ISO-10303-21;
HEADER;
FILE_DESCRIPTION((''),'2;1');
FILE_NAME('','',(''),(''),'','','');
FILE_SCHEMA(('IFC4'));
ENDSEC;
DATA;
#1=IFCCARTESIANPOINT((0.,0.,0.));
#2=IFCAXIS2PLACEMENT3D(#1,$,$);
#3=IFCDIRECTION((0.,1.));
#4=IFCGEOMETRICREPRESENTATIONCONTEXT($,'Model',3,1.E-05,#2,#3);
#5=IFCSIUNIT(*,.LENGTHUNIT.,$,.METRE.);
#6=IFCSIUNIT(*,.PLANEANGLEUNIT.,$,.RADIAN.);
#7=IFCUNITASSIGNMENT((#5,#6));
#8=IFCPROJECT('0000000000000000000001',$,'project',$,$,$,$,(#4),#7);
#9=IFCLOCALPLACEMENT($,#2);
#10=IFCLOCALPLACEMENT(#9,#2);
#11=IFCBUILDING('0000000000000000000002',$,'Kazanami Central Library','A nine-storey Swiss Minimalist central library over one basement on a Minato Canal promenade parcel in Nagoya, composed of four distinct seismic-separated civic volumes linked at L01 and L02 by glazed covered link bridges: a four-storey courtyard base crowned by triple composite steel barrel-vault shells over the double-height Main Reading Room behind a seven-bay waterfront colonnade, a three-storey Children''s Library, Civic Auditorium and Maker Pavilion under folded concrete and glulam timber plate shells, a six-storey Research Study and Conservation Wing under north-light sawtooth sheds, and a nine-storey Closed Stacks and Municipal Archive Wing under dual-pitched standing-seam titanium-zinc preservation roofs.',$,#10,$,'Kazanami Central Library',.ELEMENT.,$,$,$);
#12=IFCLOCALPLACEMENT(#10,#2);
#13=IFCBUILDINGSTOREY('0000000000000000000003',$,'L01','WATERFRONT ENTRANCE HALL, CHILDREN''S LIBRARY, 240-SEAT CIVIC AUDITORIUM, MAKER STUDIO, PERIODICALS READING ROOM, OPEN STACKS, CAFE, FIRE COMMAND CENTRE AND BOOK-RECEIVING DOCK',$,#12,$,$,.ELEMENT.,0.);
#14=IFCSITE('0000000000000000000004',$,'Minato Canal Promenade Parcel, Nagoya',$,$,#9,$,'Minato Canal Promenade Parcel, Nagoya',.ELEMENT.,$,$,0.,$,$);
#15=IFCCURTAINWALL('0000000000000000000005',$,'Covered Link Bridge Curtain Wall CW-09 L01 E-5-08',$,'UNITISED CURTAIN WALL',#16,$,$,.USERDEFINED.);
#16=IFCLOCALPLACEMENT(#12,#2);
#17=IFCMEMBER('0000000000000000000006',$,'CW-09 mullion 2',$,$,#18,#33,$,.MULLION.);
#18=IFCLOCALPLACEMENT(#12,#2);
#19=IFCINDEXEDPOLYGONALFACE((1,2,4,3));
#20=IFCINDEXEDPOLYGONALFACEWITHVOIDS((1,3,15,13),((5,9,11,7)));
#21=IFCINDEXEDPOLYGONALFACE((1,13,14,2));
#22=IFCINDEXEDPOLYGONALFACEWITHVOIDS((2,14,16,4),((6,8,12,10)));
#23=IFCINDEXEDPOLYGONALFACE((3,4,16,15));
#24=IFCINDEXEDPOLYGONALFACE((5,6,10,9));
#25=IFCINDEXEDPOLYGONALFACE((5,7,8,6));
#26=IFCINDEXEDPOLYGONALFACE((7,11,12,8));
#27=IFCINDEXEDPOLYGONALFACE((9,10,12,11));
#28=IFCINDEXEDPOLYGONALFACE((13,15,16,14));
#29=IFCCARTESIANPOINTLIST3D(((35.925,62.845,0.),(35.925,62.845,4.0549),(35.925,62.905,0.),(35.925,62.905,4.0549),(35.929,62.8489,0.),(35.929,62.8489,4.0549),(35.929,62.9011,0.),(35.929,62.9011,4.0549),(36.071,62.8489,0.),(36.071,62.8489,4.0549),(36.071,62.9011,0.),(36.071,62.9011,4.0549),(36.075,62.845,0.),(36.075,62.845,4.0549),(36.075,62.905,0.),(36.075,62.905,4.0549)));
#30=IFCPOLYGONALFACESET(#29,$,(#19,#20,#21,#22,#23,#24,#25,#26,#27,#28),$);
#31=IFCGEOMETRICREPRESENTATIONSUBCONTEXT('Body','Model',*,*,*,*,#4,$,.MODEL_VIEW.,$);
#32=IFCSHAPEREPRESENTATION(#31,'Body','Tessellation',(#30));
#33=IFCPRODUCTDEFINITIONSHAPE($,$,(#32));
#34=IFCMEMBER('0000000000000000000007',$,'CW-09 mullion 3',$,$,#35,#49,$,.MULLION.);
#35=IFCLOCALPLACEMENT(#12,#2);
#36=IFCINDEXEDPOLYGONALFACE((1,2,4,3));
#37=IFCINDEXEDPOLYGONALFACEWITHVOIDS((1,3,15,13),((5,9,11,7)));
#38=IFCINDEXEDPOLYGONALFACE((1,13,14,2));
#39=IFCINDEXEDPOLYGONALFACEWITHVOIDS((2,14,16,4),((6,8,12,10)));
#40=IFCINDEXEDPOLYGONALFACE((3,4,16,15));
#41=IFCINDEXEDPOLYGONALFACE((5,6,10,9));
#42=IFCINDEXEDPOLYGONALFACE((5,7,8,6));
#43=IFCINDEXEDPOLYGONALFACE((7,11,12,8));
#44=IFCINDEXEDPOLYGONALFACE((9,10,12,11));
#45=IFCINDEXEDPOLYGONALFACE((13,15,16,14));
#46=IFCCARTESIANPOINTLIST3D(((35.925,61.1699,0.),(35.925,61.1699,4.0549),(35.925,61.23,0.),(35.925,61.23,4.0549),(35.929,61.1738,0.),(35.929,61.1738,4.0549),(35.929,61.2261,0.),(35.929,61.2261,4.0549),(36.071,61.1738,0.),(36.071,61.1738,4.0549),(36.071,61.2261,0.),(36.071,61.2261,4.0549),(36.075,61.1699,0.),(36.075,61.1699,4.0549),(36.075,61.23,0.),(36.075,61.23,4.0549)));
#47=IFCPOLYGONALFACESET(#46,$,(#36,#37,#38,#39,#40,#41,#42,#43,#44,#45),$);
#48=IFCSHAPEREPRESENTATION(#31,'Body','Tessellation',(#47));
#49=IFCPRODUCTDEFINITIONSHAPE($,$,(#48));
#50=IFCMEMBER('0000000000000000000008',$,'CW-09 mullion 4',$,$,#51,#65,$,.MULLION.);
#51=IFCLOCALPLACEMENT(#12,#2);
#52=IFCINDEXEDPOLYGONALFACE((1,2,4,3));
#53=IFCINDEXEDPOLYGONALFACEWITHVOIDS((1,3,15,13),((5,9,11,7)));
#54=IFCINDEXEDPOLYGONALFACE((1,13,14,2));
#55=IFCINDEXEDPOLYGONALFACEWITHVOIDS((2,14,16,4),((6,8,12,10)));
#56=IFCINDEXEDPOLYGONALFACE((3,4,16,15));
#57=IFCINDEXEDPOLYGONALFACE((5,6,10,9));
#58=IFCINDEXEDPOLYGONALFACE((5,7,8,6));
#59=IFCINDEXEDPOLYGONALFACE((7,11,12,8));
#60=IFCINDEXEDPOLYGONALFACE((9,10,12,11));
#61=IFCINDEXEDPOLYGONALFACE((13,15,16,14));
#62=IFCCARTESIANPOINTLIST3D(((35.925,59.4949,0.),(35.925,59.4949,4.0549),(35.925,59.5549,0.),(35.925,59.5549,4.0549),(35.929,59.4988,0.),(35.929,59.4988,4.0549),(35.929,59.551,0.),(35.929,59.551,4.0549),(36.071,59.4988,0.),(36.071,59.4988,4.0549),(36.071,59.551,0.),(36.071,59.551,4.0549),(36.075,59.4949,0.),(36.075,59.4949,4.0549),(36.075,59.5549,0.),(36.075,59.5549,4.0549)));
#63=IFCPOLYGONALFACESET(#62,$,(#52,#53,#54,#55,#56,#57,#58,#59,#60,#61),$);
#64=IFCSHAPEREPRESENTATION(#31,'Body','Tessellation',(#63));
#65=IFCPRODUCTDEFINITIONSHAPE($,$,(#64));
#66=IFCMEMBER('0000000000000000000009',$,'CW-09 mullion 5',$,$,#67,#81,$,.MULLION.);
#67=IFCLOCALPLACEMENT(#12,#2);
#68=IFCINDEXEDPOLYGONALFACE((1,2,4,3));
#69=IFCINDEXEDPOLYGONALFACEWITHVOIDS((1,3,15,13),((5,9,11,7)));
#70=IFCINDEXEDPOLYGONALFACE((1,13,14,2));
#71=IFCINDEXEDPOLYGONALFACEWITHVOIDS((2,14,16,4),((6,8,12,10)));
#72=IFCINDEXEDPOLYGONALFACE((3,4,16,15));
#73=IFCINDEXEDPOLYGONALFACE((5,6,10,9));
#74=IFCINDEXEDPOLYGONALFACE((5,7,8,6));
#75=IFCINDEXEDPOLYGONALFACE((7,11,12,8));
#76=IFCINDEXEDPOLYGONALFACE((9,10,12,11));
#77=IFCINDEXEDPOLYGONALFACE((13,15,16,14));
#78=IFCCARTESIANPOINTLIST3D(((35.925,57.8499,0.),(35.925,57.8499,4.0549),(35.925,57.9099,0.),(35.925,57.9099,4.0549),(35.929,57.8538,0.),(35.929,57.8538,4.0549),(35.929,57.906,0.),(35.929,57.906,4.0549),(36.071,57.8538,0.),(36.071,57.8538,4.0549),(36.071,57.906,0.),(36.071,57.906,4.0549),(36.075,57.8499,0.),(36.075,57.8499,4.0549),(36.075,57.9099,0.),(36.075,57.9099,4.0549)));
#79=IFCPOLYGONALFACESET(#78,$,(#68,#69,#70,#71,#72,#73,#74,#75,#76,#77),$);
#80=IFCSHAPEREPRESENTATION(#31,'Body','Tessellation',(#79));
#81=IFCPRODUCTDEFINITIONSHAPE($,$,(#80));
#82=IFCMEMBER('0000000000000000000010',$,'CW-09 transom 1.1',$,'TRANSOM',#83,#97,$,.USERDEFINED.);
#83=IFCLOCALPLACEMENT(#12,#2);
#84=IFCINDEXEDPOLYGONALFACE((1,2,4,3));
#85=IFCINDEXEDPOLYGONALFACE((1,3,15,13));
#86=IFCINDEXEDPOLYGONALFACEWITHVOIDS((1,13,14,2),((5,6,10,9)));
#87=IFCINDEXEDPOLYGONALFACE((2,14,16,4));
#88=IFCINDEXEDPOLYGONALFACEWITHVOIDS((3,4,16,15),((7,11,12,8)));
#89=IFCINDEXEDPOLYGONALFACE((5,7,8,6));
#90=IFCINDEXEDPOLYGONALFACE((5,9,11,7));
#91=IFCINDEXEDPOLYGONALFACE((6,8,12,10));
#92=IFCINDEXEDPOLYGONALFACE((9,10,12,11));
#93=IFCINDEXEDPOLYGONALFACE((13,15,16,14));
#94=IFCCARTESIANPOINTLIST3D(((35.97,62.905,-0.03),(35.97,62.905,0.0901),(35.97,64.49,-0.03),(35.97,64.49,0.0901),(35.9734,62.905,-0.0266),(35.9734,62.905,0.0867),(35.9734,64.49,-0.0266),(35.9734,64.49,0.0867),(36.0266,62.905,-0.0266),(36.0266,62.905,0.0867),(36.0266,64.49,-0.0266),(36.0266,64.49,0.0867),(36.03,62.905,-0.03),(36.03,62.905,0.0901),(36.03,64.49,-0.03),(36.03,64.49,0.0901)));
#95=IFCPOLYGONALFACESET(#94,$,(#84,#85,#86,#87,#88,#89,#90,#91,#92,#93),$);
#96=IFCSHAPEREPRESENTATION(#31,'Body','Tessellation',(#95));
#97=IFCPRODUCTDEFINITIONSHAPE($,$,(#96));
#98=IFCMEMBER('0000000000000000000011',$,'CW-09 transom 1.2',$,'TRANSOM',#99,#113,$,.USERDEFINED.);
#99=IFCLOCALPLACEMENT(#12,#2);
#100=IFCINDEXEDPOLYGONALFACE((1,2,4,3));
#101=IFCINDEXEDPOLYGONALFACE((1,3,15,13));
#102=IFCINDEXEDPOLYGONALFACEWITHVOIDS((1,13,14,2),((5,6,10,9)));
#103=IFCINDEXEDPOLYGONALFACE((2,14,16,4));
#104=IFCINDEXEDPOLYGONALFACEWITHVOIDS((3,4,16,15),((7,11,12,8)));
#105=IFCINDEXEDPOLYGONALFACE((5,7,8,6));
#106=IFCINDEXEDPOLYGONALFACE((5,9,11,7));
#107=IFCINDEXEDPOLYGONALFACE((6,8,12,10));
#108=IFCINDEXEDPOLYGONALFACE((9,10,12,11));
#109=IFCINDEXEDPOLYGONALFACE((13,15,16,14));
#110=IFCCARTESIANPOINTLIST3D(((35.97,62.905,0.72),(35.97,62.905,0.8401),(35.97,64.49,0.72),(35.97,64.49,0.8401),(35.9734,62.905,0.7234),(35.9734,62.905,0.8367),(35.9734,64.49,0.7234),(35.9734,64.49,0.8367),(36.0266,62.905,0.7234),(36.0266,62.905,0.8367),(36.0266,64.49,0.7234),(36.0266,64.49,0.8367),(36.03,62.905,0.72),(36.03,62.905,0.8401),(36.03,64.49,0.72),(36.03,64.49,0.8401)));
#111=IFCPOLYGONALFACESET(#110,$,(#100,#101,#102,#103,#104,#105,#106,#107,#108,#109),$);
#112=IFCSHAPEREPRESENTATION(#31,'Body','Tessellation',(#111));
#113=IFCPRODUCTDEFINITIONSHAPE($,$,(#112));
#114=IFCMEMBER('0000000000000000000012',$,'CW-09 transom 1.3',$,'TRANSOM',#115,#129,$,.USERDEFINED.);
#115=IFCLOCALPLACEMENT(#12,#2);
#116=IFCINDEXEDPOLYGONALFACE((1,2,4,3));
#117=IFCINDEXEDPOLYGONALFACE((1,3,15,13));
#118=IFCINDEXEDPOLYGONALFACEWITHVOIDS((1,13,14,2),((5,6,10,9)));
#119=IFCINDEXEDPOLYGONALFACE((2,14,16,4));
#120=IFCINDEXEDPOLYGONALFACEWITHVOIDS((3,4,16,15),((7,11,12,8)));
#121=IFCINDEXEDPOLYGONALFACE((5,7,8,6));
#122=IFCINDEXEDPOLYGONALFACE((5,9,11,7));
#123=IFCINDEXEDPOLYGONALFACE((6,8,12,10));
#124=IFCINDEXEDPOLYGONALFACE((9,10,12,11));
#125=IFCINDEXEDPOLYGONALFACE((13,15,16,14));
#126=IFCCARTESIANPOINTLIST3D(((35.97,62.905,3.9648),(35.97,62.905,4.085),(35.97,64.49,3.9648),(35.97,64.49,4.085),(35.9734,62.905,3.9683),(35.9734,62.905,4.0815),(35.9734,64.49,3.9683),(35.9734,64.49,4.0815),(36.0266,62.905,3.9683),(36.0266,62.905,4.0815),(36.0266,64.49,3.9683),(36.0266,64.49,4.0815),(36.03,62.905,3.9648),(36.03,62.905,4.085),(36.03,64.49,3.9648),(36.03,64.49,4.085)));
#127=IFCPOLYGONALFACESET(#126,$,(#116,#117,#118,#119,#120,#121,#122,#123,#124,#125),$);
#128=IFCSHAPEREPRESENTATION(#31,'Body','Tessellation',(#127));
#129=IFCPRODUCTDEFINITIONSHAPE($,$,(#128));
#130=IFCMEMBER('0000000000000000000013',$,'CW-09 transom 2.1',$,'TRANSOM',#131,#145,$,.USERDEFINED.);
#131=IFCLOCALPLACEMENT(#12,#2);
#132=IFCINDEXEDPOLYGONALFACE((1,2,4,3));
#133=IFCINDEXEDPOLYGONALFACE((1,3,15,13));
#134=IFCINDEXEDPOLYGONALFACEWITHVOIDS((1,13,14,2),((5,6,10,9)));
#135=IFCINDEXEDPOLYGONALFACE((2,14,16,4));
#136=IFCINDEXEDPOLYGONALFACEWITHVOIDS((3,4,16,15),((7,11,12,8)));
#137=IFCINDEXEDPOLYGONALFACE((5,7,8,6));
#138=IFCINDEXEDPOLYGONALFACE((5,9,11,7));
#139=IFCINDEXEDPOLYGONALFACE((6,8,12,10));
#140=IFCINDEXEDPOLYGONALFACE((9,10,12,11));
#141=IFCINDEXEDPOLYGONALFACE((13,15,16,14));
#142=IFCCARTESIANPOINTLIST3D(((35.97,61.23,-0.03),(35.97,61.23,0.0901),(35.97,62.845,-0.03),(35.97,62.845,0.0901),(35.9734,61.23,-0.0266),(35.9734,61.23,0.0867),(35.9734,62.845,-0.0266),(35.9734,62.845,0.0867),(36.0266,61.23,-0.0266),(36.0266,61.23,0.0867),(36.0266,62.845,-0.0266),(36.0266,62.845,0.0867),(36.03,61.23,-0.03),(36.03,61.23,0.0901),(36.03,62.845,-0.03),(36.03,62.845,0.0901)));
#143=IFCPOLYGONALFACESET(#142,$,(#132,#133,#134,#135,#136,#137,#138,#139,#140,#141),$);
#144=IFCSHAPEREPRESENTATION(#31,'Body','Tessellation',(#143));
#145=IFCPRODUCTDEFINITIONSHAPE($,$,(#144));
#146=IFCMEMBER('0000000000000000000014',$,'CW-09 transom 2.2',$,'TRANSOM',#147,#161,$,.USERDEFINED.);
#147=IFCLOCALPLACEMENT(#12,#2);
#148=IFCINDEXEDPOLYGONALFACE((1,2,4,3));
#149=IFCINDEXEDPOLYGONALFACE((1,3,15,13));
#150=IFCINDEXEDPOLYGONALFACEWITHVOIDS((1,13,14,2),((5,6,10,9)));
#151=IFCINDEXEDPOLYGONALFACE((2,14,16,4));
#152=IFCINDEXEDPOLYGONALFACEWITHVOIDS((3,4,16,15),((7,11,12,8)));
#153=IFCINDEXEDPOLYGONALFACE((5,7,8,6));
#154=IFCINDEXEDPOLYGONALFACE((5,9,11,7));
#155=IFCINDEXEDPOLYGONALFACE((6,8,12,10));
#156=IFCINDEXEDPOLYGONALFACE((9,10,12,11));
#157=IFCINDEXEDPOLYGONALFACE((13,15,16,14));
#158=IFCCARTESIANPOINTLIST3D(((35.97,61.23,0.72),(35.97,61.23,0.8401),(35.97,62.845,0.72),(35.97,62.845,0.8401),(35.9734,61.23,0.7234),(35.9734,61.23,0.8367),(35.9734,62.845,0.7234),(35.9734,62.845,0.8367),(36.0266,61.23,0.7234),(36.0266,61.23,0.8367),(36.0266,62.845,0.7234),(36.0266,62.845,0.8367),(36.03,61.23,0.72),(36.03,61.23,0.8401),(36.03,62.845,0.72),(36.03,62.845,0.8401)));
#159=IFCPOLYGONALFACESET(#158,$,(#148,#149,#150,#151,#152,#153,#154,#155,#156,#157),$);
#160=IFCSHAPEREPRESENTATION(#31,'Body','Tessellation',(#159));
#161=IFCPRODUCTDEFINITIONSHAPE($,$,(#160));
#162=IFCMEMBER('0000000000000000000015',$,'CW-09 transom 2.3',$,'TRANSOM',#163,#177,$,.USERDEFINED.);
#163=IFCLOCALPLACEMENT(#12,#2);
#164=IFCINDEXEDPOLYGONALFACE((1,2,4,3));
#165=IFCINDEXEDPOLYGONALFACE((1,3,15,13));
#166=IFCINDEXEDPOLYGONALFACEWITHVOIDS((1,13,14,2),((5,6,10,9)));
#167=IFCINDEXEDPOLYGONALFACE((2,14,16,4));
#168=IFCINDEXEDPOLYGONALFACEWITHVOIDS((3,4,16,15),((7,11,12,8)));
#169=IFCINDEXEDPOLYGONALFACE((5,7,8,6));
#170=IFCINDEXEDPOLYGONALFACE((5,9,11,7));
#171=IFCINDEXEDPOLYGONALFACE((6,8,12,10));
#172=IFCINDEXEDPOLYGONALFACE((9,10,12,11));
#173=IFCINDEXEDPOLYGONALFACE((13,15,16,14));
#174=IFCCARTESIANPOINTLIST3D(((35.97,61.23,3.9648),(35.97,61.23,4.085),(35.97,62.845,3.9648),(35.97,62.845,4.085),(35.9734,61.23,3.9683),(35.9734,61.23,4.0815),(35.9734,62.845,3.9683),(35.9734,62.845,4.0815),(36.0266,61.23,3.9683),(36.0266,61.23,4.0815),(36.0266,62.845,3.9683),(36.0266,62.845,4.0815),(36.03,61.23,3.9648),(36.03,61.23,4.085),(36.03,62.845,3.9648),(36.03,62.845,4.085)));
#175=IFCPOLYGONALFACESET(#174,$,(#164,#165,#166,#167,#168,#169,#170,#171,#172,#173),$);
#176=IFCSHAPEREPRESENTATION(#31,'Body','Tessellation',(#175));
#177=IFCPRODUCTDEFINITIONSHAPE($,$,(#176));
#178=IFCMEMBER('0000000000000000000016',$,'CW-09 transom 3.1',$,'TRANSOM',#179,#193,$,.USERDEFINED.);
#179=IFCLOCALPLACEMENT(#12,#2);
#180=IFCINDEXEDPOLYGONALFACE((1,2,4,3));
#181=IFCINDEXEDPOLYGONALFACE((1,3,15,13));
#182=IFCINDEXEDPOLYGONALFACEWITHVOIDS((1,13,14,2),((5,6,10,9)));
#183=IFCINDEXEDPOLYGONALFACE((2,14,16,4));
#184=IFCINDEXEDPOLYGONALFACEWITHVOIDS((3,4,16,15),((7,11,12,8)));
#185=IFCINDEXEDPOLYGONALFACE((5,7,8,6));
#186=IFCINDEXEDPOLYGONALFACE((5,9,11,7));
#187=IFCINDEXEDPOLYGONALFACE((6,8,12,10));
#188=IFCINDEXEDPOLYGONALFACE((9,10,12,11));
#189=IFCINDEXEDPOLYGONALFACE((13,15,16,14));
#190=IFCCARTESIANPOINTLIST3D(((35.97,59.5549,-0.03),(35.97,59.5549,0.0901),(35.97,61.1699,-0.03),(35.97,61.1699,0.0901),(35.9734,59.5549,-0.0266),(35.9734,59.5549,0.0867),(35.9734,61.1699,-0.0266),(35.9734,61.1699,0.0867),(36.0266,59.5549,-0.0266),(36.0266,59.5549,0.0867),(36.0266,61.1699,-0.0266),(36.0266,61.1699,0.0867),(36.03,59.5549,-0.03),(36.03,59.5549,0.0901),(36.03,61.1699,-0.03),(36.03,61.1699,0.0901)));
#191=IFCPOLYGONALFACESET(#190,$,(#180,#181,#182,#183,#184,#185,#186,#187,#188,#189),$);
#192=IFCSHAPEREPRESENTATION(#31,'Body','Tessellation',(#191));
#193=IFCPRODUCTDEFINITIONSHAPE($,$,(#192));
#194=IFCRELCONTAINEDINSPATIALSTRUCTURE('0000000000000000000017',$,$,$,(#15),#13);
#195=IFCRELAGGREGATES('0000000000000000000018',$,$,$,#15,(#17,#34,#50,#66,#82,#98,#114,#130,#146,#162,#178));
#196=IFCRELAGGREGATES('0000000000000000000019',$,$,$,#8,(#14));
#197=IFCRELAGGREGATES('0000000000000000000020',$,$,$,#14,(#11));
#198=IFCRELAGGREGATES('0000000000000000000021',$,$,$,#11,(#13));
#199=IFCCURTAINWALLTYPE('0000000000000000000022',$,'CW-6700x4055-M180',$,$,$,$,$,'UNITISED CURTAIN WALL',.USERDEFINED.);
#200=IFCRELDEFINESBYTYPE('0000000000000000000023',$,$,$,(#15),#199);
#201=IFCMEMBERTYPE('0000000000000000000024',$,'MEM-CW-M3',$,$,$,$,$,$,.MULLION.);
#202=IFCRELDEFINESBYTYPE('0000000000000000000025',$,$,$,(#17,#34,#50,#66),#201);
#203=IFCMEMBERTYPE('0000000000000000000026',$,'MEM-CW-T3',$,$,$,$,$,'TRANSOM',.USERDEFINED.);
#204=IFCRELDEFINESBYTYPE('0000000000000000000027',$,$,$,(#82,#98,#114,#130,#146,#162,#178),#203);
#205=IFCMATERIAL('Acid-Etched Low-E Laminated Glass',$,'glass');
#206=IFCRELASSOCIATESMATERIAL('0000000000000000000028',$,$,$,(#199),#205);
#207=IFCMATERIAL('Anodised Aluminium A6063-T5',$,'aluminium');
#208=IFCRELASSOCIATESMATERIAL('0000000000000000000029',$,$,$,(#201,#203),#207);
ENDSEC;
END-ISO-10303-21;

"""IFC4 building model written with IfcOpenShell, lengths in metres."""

from ifc_helpers import new_model, si_unit, direction, frame, origin, origin_2d, place, context, subcontext, project, spatial, hollow_rectangle, extrude, material, material_profile, profile_set, type_object, element, aggregate, save


model = new_model("IFC4")

# Units and contexts
model_context = context("Model", 3, precision=1e-05, world=origin(), true_north=direction((0.0, 1.0)))
body_context = subcontext(model_context, "Body", "Model", "MODEL_VIEW")
ifc_project = project(units=[si_unit("LENGTHUNIT", "METRE"), si_unit("PLANEANGLEUNIT", "RADIAN")], contexts=[model_context])

# Site, building, storey
site_placement = place(None, origin())
site = spatial("IfcSite", under=ifc_project, at=site_placement, Name="Minato Canal Promenade Parcel, Nagoya", LongName="Minato Canal Promenade Parcel, Nagoya", CompositionType="ELEMENT", RefElevation=0.0)
building_placement = place(site_placement, origin())
building = spatial("IfcBuilding", under=site, at=building_placement, Name="Kazanami Central Library", Description="A nine-storey Swiss Minimalist central library over one basement on a Minato Canal promenade parcel in Nagoya, composed of four distinct seismic-separated civic volumes linked at L01 and L02 by glazed covered link bridges: a four-storey courtyard base crowned by triple composite steel barrel-vault shells over the double-height Main Reading Room behind a seven-bay waterfront colonnade, a three-storey Children's Library, Civic Auditorium and Maker Pavilion under folded concrete and glulam timber plate shells, a six-storey Research Study and Conservation Wing under north-light sawtooth sheds, and a nine-storey Closed Stacks and Municipal Archive Wing under dual-pitched standing-seam titanium-zinc preservation roofs.", LongName="Kazanami Central Library", CompositionType="ELEMENT")
storey_placement = place(building_placement, origin())
storey = spatial("IfcBuildingStorey", under=building, at=storey_placement, Name="L01", Description="WATERFRONT ENTRANCE HALL, CHILDREN'S LIBRARY, 240-SEAT CIVIC AUDITORIUM, MAKER STUDIO, PERIODICALS READING ROOM, OPEN STACKS, CAFE, FIRE COMMAND CENTRE AND BOOK-RECEIVING DOCK", CompositionType="ELEMENT", Elevation=0.0)

# Curtain wall, members
ifc_material_1 = material(Name="Acid-Etched Low-E Laminated Glass", Category="glass")
curtain_wall_type = type_object("IfcCurtainWallType", Name="CW-6700x4055-M180", ElementType="UNITISED CURTAIN WALL", PredefinedType="USERDEFINED", material=ifc_material_1)
curtain_wall_placement = place(storey_placement, origin())
curtain_wall = element("IfcCurtainWall", 1, at=curtain_wall_placement, inside=storey, type_object=curtain_wall_type, Name="Covered Link Bridge Curtain Wall CW-09 L01 E-5-08", ObjectType="UNITISED CURTAIN WALL", PredefinedType="USERDEFINED")
ifc_material_2 = material(Name="Anodised Aluminium A6063-T5", Category="aluminium")
ifc_material_profile_1 = material_profile(ifc_material_2, hollow_rectangle(XDim=0.0601, YDim=0.1499, WallThickness=0.0039, at=origin_2d()), Name="ALU-MULL-60x150x4")
ifc_profile_set_1 = profile_set([ifc_material_profile_1], Name="Anodised Aluminium A6063-T5")
member_type_1 = type_object("IfcMemberType", Name="MEM-CW-M3", PredefinedType="MULLION", material=ifc_profile_set_1)
member_1_placement = place(storey_placement, frame((36.0, 62.875, 0.0), z_axis=(0.0, 0.0, 1.0), x_axis=(0.0, -1.0, 0.0)))
member_1 = element("IfcMember", 2, at=member_1_placement, type_object=member_type_1, Name="CW-09 mullion 2", PredefinedType="MULLION", context=body_context, shape_type="SweptSolid", body=[
    extrude(hollow_rectangle(XDim=0.0601, YDim=0.1499, WallThickness=0.0039, at=origin_2d()), origin(), (0.0, 0.0, 1.0), 4.0549),
])
member_2_placement = place(storey_placement, frame((36.0, 61.2, 0.0), z_axis=(0.0, 0.0, 1.0), x_axis=(0.0, -1.0, 0.0)))
member_2 = element("IfcMember", 3, at=member_2_placement, type_object=member_type_1, Name="CW-09 mullion 3", PredefinedType="MULLION", context=body_context, shape_type="SweptSolid", body=[
    extrude(hollow_rectangle(XDim=0.0601, YDim=0.1499, WallThickness=0.0039, at=origin_2d()), origin(), (0.0, 0.0, 1.0), 4.0549),
])
member_3_placement = place(storey_placement, frame((36.0, 59.5249, 0.0), z_axis=(0.0, 0.0, 1.0), x_axis=(0.0, -1.0, 0.0)))
member_3 = element("IfcMember", 4, at=member_3_placement, type_object=member_type_1, Name="CW-09 mullion 4", PredefinedType="MULLION", context=body_context, shape_type="SweptSolid", body=[
    extrude(hollow_rectangle(XDim=0.0601, YDim=0.1499, WallThickness=0.0039, at=origin_2d()), origin(), (0.0, 0.0, 1.0), 4.0549),
])
member_4_placement = place(storey_placement, frame((36.0, 57.8799, 0.0), z_axis=(0.0, 0.0, 1.0), x_axis=(0.0, -1.0, 0.0)))
member_4 = element("IfcMember", 5, at=member_4_placement, type_object=member_type_1, Name="CW-09 mullion 5", PredefinedType="MULLION", context=body_context, shape_type="SweptSolid", body=[
    extrude(hollow_rectangle(XDim=0.0601, YDim=0.1499, WallThickness=0.0039, at=origin_2d()), origin(), (0.0, 0.0, 1.0), 4.0549),
])
ifc_material_profile_2 = material_profile(ifc_material_2, hollow_rectangle(XDim=0.0601, YDim=0.1201, WallThickness=0.0034, at=origin_2d()), Name="ALU-TRAN-60x120x3.5")
ifc_profile_set_2 = profile_set([ifc_material_profile_2], Name="Anodised Aluminium A6063-T5")
member_type_2 = type_object("IfcMemberType", Name="MEM-CW-T3", ElementType="TRANSOM", PredefinedType="USERDEFINED", material=ifc_profile_set_2)
member_5_placement = place(storey_placement, frame((36.0, 64.49, 0.03), z_axis=(0.0, -1.0, 0.0), x_axis=(1.0, 0.0, 0.0)))
member_5 = element("IfcMember", 6, at=member_5_placement, type_object=member_type_2, Name="CW-09 transom 1.1", ObjectType="TRANSOM", PredefinedType="USERDEFINED", context=body_context, shape_type="SweptSolid", body=[
    extrude(hollow_rectangle(XDim=0.0601, YDim=0.1201, WallThickness=0.0034, at=origin_2d()), origin(), (0.0, 0.0, 1.0), 1.585),
])
member_6_placement = place(storey_placement, frame((36.0, 64.49, 0.78), z_axis=(0.0, -1.0, 0.0), x_axis=(1.0, 0.0, 0.0)))
member_6 = element("IfcMember", 7, at=member_6_placement, type_object=member_type_2, Name="CW-09 transom 1.2", ObjectType="TRANSOM", PredefinedType="USERDEFINED", context=body_context, shape_type="SweptSolid", body=[
    extrude(hollow_rectangle(XDim=0.0601, YDim=0.1201, WallThickness=0.0034, at=origin_2d()), origin(), (0.0, 0.0, 1.0), 1.585),
])
member_7_placement = place(storey_placement, frame((36.0, 64.49, 4.0249), z_axis=(0.0, -1.0, 0.0), x_axis=(1.0, 0.0, 0.0)))
member_7 = element("IfcMember", 8, at=member_7_placement, type_object=member_type_2, Name="CW-09 transom 1.3", ObjectType="TRANSOM", PredefinedType="USERDEFINED", context=body_context, shape_type="SweptSolid", body=[
    extrude(hollow_rectangle(XDim=0.0601, YDim=0.1201, WallThickness=0.0034, at=origin_2d()), origin(), (0.0, 0.0, 1.0), 1.585),
])
member_8_placement = place(storey_placement, frame((36.0, 62.845, 0.03), z_axis=(0.0, -1.0, 0.0), x_axis=(1.0, 0.0, 0.0)))
member_8 = element("IfcMember", 9, at=member_8_placement, type_object=member_type_2, Name="CW-09 transom 2.1", ObjectType="TRANSOM", PredefinedType="USERDEFINED", context=body_context, shape_type="SweptSolid", body=[
    extrude(hollow_rectangle(XDim=0.0601, YDim=0.1201, WallThickness=0.0034, at=origin_2d()), origin(), (0.0, 0.0, 1.0), 1.615),
])
member_9_placement = place(storey_placement, frame((36.0, 62.845, 0.78), z_axis=(0.0, -1.0, 0.0), x_axis=(1.0, 0.0, 0.0)))
member_9 = element("IfcMember", 10, at=member_9_placement, type_object=member_type_2, Name="CW-09 transom 2.2", ObjectType="TRANSOM", PredefinedType="USERDEFINED", context=body_context, shape_type="SweptSolid", body=[
    extrude(hollow_rectangle(XDim=0.0601, YDim=0.1201, WallThickness=0.0034, at=origin_2d()), origin(), (0.0, 0.0, 1.0), 1.615),
])
member_10_placement = place(storey_placement, frame((36.0, 62.845, 4.0249), z_axis=(0.0, -1.0, 0.0), x_axis=(1.0, 0.0, 0.0)))
member_10 = element("IfcMember", 11, at=member_10_placement, type_object=member_type_2, Name="CW-09 transom 2.3", ObjectType="TRANSOM", PredefinedType="USERDEFINED", context=body_context, shape_type="SweptSolid", body=[
    extrude(hollow_rectangle(XDim=0.0601, YDim=0.1201, WallThickness=0.0034, at=origin_2d()), origin(), (0.0, 0.0, 1.0), 1.615),
])
member_11_placement = place(storey_placement, frame((36.0, 61.1699, 0.03), z_axis=(0.0, -1.0, 0.0), x_axis=(1.0, 0.0, 0.0)))
member_11 = element("IfcMember", 12, at=member_11_placement, type_object=member_type_2, Name="CW-09 transom 3.1", ObjectType="TRANSOM", PredefinedType="USERDEFINED", context=body_context, shape_type="SweptSolid", body=[
    extrude(hollow_rectangle(XDim=0.0601, YDim=0.1201, WallThickness=0.0034, at=origin_2d()), origin(), (0.0, 0.0, 1.0), 1.615),
])
aggregate(curtain_wall, [member_1, member_2, member_3, member_4, member_5, member_6, member_7, member_8, member_9, member_10, member_11])

save(model, "model.ifc")
